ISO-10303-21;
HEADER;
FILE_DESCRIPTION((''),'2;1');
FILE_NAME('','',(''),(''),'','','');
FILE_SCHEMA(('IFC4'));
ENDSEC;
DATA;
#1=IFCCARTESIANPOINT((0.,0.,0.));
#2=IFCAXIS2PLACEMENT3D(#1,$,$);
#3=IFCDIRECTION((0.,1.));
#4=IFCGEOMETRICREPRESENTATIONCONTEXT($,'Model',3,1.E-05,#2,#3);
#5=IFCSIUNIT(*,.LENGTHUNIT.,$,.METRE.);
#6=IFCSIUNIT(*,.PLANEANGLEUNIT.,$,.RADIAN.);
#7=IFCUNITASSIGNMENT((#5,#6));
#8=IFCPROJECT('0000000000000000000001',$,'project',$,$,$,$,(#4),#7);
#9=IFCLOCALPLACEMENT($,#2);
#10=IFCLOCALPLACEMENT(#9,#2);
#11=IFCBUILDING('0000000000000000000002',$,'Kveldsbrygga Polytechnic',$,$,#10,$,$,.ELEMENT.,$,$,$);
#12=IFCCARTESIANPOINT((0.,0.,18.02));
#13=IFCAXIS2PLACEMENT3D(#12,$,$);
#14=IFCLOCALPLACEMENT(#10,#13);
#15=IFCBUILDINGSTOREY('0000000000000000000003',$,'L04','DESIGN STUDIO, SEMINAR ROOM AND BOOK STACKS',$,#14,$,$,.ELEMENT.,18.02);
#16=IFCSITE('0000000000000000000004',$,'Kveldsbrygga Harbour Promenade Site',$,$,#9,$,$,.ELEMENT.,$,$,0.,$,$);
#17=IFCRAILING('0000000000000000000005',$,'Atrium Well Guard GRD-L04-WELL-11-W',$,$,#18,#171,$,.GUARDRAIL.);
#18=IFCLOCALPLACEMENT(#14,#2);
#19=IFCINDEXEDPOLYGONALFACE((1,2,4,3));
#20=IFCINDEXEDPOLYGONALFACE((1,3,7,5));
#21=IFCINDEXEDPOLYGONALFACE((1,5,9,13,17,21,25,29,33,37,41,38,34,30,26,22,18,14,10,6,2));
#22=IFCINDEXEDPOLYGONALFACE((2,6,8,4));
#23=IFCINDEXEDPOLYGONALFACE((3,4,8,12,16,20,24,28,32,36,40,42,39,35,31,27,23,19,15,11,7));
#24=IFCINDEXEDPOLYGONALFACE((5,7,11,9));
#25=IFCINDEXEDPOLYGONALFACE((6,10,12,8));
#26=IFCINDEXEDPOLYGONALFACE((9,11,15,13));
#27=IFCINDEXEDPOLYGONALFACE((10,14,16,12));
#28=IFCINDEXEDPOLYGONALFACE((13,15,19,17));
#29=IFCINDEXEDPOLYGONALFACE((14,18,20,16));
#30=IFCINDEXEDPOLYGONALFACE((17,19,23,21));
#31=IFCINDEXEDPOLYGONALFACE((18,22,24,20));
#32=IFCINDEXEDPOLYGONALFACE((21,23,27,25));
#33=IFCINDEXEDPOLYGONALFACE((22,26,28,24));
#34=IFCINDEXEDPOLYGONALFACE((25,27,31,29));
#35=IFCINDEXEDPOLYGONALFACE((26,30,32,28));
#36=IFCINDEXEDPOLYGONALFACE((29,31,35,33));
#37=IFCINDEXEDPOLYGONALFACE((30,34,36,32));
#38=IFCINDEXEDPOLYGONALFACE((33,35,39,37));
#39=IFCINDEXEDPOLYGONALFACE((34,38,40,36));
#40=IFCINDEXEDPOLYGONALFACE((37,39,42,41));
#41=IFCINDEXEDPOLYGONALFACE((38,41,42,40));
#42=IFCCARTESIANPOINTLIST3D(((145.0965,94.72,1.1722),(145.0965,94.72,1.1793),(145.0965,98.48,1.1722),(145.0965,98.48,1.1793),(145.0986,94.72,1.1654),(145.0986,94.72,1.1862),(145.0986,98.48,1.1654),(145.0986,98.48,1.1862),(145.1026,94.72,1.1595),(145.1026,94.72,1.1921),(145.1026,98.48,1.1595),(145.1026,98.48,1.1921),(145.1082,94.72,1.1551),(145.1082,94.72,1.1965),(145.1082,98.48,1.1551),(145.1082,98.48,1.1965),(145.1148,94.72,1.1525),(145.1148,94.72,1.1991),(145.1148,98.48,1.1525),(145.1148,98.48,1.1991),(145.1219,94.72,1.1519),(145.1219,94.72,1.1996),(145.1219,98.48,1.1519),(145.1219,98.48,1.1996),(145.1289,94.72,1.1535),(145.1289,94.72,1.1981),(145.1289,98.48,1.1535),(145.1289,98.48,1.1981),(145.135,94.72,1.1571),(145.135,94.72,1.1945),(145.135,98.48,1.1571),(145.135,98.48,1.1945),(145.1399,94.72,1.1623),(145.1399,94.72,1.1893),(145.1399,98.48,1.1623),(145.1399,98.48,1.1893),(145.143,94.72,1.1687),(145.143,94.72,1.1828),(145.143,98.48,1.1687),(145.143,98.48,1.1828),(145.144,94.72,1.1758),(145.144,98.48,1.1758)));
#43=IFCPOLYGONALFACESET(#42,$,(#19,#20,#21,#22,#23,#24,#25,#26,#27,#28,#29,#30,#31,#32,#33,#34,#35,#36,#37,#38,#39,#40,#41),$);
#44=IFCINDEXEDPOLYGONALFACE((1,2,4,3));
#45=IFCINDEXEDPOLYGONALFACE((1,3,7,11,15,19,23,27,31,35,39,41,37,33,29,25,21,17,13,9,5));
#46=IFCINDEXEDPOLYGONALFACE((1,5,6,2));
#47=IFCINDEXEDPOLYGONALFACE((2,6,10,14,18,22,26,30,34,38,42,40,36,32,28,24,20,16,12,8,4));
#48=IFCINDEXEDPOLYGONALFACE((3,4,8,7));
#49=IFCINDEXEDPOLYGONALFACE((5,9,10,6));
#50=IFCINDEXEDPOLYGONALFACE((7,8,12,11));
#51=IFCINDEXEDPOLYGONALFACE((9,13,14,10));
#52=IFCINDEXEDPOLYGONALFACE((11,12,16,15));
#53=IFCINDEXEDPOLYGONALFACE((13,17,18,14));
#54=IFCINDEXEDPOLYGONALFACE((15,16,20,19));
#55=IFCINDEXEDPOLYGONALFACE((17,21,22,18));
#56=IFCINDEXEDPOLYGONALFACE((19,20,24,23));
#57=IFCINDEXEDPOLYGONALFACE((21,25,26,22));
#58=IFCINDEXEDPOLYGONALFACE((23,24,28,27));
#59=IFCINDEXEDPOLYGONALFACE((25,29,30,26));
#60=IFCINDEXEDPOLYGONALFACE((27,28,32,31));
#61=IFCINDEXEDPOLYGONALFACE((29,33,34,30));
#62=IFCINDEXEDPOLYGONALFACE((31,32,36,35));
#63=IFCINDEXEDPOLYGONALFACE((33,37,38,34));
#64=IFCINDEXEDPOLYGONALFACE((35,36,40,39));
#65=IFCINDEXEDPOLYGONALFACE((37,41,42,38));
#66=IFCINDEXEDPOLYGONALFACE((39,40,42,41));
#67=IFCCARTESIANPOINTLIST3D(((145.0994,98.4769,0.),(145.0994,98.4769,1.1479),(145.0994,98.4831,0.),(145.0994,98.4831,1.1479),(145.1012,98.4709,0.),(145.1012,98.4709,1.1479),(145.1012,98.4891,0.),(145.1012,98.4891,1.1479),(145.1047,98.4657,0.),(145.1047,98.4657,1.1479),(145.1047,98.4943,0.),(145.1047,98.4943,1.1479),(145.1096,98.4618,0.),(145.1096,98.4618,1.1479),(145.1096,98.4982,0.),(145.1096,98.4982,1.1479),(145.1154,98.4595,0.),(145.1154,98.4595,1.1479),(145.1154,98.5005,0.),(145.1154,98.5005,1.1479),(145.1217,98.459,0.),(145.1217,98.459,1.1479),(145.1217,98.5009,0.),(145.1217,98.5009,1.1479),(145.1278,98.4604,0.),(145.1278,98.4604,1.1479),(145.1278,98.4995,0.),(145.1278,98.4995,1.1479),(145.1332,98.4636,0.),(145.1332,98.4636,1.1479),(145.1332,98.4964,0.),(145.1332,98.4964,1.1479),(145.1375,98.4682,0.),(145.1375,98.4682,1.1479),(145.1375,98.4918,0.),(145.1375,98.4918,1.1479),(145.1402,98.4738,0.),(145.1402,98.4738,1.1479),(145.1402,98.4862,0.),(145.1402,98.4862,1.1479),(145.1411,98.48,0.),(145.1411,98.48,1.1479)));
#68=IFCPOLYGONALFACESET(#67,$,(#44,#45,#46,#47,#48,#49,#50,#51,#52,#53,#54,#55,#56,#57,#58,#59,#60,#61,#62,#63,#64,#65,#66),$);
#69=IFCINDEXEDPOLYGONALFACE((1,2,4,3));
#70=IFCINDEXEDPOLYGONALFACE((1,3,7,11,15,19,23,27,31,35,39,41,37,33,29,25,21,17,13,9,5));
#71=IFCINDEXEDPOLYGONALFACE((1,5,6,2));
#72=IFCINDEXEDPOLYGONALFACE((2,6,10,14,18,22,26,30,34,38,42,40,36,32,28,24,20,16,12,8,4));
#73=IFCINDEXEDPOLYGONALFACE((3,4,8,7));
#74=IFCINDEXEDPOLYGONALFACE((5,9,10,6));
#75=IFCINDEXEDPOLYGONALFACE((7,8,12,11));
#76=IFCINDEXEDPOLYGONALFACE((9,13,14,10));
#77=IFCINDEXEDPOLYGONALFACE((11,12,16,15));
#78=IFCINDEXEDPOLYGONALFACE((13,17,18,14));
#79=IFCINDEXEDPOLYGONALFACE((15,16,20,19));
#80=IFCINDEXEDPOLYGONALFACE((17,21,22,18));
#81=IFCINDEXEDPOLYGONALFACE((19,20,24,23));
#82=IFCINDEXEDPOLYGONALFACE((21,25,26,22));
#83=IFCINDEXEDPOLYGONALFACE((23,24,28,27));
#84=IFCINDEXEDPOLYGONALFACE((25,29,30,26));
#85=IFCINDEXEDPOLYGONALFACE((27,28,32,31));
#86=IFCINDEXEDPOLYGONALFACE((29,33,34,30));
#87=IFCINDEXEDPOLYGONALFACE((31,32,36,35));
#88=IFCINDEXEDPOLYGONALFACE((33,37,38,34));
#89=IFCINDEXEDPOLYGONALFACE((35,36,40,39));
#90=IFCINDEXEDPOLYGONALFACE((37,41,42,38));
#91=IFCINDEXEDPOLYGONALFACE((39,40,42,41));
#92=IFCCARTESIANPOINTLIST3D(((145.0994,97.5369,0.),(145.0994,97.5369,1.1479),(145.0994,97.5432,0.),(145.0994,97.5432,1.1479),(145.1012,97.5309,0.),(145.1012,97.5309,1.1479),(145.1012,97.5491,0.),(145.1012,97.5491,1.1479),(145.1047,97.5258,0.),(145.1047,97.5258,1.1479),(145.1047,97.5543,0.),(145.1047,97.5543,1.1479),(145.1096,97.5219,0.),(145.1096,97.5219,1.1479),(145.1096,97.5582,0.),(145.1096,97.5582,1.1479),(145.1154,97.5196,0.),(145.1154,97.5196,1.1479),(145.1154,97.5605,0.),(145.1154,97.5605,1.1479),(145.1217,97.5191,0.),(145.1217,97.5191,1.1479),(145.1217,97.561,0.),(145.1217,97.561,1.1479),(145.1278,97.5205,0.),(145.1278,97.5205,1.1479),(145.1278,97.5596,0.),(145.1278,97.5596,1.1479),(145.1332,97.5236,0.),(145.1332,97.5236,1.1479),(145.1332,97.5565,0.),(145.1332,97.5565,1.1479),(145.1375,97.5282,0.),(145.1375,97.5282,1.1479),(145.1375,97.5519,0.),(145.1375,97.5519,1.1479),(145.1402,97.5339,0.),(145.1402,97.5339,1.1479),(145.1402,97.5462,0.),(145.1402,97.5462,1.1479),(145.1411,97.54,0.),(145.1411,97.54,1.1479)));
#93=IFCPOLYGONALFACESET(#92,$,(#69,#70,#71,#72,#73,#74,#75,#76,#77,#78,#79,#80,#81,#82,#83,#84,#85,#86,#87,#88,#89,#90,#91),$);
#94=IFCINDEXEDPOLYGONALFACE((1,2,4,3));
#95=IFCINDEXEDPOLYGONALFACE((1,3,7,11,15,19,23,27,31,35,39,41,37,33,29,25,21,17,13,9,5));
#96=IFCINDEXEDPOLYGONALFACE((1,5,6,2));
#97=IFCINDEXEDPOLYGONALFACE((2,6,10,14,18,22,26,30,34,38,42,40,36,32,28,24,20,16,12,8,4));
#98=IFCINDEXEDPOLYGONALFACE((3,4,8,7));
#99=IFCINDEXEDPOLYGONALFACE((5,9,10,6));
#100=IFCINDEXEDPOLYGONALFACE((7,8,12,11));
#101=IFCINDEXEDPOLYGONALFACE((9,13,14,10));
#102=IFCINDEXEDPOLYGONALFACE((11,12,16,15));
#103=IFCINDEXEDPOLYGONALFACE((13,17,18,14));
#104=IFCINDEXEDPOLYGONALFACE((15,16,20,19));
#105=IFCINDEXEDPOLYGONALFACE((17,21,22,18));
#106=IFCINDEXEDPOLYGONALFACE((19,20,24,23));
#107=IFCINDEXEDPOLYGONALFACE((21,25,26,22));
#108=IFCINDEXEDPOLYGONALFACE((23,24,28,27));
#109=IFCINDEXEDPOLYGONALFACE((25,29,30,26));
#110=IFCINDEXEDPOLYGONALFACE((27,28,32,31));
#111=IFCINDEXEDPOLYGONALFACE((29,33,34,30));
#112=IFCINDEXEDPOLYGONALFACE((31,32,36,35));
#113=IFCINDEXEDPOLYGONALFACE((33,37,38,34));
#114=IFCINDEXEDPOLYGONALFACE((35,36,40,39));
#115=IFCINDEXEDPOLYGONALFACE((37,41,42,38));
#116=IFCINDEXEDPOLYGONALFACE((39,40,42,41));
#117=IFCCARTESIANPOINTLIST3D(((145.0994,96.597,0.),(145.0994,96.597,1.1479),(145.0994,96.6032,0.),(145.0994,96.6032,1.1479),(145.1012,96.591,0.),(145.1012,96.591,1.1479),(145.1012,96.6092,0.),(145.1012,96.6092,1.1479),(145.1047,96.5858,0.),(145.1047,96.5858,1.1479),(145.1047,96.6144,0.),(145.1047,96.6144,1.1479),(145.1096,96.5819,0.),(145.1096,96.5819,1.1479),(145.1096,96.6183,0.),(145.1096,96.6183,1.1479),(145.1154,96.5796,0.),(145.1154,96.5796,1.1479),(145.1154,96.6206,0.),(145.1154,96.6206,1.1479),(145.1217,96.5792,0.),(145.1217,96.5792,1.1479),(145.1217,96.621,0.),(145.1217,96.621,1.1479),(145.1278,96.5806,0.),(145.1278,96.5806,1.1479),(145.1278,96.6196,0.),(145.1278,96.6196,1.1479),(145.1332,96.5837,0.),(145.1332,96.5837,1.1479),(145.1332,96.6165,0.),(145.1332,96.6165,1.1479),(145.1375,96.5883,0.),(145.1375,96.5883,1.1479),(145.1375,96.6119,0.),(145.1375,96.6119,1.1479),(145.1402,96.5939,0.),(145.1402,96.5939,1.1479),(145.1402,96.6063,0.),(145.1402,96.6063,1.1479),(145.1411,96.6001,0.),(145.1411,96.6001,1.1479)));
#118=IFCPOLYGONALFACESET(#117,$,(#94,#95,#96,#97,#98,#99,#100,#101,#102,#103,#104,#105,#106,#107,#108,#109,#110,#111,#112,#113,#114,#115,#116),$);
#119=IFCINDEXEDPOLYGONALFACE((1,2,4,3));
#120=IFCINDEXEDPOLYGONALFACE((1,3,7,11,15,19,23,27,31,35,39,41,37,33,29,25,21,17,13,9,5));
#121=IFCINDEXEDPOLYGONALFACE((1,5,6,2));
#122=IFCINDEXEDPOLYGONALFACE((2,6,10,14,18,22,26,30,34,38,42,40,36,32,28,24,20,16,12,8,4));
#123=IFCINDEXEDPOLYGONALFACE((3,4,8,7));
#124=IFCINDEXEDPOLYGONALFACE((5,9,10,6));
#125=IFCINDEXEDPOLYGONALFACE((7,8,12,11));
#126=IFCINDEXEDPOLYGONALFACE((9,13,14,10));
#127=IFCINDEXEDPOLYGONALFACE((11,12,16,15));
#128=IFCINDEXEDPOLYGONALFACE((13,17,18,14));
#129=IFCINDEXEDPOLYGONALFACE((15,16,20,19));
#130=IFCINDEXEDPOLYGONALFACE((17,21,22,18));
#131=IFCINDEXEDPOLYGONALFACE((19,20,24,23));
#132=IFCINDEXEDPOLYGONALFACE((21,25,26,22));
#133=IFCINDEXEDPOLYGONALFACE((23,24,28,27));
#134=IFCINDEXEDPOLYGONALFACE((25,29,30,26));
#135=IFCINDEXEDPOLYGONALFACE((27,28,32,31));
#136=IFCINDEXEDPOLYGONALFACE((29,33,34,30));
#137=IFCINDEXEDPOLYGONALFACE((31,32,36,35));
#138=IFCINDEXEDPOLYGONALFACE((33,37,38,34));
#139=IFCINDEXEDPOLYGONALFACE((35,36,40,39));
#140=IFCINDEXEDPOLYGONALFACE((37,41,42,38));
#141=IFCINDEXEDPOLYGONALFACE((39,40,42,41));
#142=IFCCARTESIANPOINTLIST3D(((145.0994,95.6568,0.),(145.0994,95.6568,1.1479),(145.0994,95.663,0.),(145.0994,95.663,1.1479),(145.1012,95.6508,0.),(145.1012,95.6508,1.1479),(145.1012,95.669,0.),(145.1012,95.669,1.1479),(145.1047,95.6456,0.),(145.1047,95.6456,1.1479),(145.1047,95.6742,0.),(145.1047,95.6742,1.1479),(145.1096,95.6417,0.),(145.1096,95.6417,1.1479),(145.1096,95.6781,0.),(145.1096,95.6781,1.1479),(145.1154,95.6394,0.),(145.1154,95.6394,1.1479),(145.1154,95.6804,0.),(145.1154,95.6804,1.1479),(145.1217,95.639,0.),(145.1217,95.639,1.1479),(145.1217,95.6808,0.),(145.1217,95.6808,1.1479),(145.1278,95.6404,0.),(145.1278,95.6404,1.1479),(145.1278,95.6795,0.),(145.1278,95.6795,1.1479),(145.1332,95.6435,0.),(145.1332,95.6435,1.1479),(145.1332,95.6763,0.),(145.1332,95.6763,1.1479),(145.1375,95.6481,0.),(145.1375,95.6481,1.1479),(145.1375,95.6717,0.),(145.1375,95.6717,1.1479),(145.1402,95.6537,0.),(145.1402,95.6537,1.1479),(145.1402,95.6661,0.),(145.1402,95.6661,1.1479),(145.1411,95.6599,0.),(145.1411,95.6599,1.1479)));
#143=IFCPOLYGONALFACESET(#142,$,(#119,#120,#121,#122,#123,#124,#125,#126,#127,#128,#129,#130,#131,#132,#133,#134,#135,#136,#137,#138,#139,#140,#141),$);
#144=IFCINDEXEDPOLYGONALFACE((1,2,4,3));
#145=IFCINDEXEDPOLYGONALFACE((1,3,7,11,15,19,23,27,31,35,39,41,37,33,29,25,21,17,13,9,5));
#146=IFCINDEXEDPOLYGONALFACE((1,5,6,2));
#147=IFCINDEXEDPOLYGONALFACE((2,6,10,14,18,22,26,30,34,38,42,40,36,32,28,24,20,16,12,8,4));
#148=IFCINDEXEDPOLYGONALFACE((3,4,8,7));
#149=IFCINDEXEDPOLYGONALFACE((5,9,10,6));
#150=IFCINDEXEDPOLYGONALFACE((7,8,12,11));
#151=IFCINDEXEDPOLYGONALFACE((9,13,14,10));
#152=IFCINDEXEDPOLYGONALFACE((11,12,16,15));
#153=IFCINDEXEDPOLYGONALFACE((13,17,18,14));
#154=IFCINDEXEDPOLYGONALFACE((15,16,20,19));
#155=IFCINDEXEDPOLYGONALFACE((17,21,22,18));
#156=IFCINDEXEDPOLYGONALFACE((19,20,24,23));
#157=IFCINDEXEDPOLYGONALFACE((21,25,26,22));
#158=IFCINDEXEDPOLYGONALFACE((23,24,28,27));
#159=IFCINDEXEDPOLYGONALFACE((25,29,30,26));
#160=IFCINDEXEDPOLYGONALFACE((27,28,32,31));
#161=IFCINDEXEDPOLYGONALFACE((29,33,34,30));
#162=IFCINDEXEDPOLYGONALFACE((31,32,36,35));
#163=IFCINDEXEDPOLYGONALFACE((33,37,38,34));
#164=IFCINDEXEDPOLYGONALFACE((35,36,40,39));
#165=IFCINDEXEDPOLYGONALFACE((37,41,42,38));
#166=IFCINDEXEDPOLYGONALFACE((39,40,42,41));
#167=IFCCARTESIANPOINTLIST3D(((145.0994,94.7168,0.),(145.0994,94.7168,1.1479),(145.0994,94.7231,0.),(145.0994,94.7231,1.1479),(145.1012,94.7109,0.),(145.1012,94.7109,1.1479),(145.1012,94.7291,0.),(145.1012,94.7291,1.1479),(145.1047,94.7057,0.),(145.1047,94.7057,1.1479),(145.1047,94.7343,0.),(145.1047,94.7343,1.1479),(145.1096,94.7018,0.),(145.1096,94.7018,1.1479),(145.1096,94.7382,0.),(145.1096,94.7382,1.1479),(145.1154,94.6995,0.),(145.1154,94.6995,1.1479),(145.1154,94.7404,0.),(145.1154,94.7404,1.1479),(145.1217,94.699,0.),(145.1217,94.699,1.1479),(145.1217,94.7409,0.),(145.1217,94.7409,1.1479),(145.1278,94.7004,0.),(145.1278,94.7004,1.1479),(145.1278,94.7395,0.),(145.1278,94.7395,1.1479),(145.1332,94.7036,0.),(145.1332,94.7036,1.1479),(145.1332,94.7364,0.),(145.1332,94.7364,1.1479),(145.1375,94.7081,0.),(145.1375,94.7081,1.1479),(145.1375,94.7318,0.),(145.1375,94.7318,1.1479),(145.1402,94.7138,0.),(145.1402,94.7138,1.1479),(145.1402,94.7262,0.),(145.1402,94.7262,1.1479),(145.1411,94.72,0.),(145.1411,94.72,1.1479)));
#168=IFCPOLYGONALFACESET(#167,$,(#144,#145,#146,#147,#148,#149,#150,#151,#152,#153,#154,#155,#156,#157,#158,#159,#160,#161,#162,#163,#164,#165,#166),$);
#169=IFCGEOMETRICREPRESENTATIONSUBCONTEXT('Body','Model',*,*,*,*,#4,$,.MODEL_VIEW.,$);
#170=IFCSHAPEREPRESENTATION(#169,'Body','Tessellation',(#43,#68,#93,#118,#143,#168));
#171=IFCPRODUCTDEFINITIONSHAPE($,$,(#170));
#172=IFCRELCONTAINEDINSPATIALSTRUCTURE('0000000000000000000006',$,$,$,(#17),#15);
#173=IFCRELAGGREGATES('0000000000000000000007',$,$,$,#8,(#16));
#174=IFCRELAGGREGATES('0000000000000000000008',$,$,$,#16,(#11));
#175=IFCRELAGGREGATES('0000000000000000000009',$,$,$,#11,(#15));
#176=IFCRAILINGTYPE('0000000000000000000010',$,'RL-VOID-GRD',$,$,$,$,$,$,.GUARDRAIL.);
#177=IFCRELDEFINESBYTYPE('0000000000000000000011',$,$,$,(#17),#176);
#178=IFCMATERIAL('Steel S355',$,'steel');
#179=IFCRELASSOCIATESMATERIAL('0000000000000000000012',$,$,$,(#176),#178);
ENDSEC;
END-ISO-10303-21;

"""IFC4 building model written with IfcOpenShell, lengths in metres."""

from ifc_helpers import new_model, si_unit, direction, frame, origin, origin_2d, place, context, subcontext, project, spatial, circle, extrude, material, type_object, element, save


model = new_model("IFC4")

# Units and contexts
model_context = context("Model", 3, precision=1e-05, world=origin(), true_north=direction((0.0, 1.0)))
body_context = subcontext(model_context, "Body", "Model", "MODEL_VIEW")
ifc_project = project(units=[si_unit("LENGTHUNIT", "METRE"), si_unit("PLANEANGLEUNIT", "RADIAN")], contexts=[model_context])

# Site, building, storey
site_placement = place(None, origin())
site = spatial("IfcSite", under=ifc_project, at=site_placement, Name="Kveldsbrygga Harbour Promenade Site", CompositionType="ELEMENT", RefElevation=0.0)
building_placement = place(site_placement, origin())
building = spatial("IfcBuilding", under=site, at=building_placement, Name="Kveldsbrygga Polytechnic", CompositionType="ELEMENT")
storey_placement = place(building_placement, frame((0.0, 0.0, 18.02)))
storey = spatial("IfcBuildingStorey", under=building, at=storey_placement, Name="L04", Description="DESIGN STUDIO, SEMINAR ROOM AND BOOK STACKS", CompositionType="ELEMENT", Elevation=18.02)

# Shared definitions
ifc_material_1 = material(Name="Steel S355", Category="steel")

# Railing
railing_type = type_object("IfcRailingType", Name="RL-VOID-GRD", PredefinedType="GUARDRAIL", material=ifc_material_1)
railing_1_placement = place(storey_placement, frame((145.1201, 98.48, 0.0)))
element("IfcRailing", 1, at=railing_1_placement, inside=storey, type_object=railing_type, Name="Atrium Well Guard GRD-L04-WELL-11-W", PredefinedType="GUARDRAIL", context=body_context, shape_type="SweptSolid", body=[
    extrude(circle(Radius=0.0239, at=origin_2d()), frame((0.0, 0.0, 1.1758), z_axis=(0.0, -1.0, 0.0), x_axis=(1.0, 0.0, 0.0)), (0.0, 0.0, 1.0), 3.76),
    extrude(circle(Radius=0.021, at=origin_2d()), origin(), (0.0, 0.0, 1.0), 1.1479),
    extrude(circle(Radius=0.021, at=origin_2d()), frame((0.0, -0.9399, 0.0)), (0.0, 0.0, 1.0), 1.1479),
    extrude(circle(Radius=0.021, at=origin_2d()), frame((0.0, -1.8799, 0.0)), (0.0, 0.0, 1.0), 1.1479),
    extrude(circle(Radius=0.021, at=origin_2d()), frame((0.0, -2.8201, 0.0)), (0.0, 0.0, 1.0), 1.1479),
    extrude(circle(Radius=0.021, at=origin_2d()), frame((0.0, -3.76, 0.0)), (0.0, 0.0, 1.0), 1.1479),
])

save(model, "model.ifc")
